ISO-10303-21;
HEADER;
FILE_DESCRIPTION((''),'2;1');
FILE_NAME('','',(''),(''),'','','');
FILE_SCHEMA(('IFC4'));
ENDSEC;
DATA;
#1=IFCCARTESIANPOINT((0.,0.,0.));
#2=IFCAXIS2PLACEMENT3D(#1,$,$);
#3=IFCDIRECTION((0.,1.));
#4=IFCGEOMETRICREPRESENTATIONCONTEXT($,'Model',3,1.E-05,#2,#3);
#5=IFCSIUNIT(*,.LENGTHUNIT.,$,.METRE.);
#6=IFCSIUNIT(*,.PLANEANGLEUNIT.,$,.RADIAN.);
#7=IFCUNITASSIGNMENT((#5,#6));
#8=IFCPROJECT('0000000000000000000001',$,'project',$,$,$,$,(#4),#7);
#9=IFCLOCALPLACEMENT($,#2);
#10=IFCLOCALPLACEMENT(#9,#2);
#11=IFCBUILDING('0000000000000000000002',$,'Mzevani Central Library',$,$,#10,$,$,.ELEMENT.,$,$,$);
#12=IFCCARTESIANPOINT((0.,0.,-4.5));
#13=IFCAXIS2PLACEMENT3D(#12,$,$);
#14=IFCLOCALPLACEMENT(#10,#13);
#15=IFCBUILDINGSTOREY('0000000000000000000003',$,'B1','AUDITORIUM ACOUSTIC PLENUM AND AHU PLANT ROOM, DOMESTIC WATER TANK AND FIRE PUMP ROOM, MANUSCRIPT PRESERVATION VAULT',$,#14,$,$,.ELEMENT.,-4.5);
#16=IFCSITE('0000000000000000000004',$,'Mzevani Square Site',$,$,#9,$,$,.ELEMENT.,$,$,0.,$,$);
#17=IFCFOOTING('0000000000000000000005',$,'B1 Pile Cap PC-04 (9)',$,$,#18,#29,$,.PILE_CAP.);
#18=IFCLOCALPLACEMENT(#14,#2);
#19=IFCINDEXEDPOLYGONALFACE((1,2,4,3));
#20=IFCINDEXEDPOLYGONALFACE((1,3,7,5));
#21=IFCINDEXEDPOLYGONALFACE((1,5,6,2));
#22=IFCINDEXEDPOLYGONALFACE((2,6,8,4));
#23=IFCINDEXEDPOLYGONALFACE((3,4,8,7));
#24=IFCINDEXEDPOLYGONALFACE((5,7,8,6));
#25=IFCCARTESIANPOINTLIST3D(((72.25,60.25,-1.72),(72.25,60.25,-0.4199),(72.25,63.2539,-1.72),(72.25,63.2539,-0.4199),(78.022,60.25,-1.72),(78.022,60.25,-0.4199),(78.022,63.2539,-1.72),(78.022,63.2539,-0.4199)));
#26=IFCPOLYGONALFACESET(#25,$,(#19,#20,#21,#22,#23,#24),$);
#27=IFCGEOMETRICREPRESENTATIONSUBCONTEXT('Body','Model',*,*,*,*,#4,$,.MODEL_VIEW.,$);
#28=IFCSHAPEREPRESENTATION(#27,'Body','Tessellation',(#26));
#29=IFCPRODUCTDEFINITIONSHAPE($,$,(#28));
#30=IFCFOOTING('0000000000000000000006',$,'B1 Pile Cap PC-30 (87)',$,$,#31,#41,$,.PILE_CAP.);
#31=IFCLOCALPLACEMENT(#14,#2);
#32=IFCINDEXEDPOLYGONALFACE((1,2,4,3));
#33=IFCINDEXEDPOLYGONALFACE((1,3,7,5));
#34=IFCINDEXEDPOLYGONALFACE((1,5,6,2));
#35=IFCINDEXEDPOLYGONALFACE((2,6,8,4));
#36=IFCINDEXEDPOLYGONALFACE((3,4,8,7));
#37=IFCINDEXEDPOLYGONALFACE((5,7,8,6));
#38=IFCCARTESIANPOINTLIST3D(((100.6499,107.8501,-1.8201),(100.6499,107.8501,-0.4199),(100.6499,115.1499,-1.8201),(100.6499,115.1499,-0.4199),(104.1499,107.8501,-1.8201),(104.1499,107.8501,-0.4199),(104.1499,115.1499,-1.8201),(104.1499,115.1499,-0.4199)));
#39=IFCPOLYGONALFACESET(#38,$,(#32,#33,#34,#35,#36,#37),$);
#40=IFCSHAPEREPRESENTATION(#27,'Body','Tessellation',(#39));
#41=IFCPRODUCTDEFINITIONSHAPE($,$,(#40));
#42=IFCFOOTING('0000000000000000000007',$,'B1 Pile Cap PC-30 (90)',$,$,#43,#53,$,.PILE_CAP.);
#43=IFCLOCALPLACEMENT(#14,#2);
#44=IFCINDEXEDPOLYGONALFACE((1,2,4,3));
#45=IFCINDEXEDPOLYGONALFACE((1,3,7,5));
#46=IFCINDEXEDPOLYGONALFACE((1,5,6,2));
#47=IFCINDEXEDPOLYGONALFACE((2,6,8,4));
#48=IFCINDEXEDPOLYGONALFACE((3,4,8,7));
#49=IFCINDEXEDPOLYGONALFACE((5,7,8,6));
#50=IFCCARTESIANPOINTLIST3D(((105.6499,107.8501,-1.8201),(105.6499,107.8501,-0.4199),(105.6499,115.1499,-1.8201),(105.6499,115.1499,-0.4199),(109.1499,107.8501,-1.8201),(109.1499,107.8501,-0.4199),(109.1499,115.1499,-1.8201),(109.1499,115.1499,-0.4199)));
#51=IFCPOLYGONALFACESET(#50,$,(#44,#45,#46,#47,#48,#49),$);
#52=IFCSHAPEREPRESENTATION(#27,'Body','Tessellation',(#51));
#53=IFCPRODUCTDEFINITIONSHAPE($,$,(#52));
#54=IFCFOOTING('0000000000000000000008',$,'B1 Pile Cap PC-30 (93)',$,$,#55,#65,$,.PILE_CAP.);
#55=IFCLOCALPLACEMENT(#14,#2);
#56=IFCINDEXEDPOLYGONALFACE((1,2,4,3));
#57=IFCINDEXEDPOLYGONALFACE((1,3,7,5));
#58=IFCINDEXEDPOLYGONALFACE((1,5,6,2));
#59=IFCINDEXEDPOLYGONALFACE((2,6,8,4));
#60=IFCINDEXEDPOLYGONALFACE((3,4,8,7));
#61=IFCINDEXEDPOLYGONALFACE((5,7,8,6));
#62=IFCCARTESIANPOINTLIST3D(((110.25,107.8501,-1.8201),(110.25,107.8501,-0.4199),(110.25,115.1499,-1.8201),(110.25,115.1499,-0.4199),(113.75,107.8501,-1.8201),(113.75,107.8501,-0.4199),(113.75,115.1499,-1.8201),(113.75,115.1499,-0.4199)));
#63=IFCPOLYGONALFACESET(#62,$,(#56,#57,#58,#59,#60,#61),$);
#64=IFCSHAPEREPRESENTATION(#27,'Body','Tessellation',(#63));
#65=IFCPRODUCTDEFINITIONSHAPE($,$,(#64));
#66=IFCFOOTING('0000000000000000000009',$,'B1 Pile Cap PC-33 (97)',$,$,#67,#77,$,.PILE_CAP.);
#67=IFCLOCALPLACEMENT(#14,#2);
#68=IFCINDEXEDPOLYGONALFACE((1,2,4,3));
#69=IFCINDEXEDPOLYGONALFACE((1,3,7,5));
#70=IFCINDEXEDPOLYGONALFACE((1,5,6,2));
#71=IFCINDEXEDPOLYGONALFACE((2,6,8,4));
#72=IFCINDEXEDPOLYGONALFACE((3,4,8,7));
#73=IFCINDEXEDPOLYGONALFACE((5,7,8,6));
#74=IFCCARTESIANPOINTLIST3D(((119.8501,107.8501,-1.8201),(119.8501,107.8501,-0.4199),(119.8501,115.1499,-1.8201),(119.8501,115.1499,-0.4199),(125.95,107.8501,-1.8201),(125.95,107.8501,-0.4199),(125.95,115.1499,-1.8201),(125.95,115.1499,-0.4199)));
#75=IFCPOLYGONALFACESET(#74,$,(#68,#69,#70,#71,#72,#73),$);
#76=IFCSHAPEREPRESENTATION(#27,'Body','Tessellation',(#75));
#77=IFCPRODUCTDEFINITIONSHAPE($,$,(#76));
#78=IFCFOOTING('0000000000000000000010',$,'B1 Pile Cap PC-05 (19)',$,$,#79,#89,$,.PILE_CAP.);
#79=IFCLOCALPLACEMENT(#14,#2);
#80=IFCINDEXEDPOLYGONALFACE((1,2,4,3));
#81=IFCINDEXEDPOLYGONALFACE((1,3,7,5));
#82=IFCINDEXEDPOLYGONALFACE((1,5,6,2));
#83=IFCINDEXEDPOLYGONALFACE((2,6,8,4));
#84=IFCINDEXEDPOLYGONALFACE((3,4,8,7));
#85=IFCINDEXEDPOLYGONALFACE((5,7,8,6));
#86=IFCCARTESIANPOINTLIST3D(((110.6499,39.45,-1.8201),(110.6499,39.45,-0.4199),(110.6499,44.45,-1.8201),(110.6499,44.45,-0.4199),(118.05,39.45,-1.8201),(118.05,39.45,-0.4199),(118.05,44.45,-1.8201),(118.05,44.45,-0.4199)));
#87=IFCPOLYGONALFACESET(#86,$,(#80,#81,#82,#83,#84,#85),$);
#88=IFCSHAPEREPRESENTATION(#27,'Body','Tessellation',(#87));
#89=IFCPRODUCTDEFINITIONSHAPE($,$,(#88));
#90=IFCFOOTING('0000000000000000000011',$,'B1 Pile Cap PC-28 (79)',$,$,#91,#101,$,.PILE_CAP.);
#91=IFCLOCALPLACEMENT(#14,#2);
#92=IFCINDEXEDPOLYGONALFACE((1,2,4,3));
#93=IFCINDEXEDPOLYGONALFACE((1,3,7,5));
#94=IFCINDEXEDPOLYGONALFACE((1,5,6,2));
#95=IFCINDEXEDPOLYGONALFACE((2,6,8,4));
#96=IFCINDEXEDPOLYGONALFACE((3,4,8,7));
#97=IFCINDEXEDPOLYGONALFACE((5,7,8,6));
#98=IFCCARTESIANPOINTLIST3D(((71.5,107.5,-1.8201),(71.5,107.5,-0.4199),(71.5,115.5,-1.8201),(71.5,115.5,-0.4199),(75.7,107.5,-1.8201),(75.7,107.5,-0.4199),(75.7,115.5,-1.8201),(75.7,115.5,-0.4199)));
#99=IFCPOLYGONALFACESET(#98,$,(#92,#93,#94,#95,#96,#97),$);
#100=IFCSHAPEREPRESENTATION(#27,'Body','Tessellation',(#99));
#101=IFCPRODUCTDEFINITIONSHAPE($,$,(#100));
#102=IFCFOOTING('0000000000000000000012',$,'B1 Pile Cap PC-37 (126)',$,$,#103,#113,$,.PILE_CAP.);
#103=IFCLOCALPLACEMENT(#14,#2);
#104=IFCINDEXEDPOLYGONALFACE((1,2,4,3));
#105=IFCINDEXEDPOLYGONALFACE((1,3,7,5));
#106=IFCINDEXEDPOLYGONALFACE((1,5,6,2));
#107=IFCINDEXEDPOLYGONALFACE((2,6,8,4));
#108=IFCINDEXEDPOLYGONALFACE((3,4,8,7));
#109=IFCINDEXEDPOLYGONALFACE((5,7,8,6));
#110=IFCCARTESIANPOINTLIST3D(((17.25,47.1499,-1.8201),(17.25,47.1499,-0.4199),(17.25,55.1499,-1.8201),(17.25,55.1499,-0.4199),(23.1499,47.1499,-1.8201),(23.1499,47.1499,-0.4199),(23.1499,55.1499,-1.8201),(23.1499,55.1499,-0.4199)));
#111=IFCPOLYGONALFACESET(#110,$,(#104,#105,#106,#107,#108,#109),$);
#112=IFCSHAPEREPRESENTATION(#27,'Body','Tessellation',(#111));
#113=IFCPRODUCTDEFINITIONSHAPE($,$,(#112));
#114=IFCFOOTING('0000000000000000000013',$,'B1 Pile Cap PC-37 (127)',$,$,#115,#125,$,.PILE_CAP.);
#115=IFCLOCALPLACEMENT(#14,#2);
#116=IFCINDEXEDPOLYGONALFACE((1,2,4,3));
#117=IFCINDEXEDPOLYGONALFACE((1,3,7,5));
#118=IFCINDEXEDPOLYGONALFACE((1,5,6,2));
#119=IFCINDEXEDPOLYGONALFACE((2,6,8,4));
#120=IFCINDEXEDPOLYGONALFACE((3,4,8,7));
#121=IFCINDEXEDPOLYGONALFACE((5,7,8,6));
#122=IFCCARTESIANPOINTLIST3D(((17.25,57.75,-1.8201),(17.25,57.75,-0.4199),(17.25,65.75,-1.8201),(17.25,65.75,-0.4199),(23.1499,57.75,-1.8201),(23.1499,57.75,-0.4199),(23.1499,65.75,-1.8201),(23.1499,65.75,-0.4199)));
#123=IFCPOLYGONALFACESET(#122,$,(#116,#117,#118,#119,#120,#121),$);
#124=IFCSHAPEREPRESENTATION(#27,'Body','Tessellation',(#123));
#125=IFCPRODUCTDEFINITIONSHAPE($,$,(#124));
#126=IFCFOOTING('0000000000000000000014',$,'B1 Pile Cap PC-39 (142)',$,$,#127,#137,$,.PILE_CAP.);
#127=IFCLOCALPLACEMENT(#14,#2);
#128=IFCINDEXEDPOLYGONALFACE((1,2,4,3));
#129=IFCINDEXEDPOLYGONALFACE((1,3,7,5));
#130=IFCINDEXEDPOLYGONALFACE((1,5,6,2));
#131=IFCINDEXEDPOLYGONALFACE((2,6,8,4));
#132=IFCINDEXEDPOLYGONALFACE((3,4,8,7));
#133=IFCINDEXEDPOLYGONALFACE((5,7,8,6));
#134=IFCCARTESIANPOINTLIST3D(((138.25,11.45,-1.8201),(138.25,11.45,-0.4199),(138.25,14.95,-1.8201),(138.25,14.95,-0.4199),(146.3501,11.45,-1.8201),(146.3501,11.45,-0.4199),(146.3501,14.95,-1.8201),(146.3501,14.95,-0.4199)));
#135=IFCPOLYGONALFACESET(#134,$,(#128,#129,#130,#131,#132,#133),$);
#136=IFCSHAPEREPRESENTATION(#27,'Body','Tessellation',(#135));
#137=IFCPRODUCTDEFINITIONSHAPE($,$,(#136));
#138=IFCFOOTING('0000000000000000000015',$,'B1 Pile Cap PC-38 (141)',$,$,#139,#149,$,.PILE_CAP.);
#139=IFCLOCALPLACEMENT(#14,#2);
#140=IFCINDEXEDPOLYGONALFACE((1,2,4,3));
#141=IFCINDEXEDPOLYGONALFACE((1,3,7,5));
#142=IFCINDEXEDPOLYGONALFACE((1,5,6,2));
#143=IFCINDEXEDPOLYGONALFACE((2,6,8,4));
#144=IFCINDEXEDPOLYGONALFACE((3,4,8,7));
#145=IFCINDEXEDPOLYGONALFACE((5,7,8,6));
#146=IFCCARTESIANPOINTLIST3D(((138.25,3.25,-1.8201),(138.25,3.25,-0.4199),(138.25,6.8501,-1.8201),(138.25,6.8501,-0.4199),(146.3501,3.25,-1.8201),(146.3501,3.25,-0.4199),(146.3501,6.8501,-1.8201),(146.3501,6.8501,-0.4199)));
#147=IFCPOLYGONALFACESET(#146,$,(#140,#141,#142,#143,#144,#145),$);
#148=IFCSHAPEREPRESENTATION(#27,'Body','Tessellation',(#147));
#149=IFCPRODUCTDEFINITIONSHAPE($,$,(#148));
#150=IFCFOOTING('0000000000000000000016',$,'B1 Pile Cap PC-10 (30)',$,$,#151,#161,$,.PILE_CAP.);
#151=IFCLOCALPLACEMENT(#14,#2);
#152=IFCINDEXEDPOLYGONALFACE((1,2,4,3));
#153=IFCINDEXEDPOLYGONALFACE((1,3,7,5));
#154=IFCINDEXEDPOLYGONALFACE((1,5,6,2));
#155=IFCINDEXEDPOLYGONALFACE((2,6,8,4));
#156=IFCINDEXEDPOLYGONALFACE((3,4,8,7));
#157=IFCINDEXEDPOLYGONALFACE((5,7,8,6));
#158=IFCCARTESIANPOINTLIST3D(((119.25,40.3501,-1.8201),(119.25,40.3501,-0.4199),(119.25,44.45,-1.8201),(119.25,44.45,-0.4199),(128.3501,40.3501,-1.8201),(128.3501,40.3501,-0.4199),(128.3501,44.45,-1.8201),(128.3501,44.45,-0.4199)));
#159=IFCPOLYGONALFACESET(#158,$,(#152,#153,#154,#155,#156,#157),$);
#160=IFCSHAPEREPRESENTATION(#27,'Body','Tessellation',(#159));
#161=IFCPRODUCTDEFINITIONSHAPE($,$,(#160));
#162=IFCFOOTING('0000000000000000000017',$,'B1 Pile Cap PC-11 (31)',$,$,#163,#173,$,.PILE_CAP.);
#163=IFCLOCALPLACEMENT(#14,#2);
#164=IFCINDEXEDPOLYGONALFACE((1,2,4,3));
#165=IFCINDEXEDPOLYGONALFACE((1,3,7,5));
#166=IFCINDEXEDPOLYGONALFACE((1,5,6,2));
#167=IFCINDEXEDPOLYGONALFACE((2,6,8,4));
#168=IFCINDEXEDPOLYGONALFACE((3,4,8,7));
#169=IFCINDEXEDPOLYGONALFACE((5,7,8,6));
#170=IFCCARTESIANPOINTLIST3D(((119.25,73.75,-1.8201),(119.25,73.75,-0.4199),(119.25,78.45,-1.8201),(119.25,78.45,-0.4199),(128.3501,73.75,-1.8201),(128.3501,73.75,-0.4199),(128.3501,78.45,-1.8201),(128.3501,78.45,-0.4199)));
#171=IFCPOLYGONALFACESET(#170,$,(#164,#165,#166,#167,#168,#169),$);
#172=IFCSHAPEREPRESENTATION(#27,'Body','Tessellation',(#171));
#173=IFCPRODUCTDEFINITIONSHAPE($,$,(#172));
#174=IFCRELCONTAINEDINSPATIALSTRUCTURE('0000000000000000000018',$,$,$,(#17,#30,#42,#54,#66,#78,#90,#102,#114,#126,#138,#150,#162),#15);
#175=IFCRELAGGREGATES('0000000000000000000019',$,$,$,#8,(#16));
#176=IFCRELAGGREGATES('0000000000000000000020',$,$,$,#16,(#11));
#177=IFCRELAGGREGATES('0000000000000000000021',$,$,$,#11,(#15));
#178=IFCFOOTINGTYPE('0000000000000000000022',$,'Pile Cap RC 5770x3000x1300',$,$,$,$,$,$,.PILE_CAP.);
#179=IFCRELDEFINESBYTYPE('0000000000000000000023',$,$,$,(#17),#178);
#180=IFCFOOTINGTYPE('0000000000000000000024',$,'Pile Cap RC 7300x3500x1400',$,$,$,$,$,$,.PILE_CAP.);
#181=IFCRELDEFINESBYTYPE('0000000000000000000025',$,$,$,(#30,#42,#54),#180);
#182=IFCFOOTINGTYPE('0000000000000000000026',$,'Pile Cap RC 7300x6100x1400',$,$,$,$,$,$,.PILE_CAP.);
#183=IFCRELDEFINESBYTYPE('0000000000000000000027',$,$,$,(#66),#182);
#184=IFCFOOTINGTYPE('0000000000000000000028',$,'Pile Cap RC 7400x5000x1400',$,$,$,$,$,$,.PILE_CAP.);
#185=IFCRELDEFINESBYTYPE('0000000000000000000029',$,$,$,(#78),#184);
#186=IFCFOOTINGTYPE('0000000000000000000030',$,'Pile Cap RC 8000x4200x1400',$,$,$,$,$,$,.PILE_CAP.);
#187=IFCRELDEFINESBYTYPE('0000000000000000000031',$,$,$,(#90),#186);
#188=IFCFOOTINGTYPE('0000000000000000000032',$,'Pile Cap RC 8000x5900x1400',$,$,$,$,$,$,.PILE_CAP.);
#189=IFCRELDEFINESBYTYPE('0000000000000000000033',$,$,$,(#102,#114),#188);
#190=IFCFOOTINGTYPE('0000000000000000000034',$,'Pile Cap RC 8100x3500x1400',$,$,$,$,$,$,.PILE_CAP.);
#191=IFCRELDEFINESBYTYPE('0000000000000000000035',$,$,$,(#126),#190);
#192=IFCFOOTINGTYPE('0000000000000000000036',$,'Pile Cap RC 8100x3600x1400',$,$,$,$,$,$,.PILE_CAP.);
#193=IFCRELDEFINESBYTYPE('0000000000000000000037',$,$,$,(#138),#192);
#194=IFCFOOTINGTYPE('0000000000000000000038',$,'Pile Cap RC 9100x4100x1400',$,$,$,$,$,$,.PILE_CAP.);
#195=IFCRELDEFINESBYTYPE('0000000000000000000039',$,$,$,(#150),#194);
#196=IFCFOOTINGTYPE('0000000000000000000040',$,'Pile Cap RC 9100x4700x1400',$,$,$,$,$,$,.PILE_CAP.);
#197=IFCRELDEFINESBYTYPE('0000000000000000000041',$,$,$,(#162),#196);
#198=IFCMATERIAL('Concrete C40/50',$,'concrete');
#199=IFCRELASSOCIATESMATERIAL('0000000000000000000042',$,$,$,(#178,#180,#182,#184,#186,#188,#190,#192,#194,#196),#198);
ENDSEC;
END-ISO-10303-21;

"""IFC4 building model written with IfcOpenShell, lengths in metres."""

from ifc_helpers import new_model, si_unit, direction, frame, origin, place, context, subcontext, project, spatial, polyline, outline, extrude, material, type_object, element, save


model = new_model("IFC4")

# Units and contexts
model_context = context("Model", 3, precision=1e-05, world=origin(), true_north=direction((0.0, 1.0)))
body_context = subcontext(model_context, "Body", "Model", "MODEL_VIEW")
ifc_project = project(units=[si_unit("LENGTHUNIT", "METRE"), si_unit("PLANEANGLEUNIT", "RADIAN")], contexts=[model_context])

# Site, building, storey
site_placement = place(None, origin())
site = spatial("IfcSite", under=ifc_project, at=site_placement, Name="Mzevani Square Site", CompositionType="ELEMENT", RefElevation=0.0)
building_placement = place(site_placement, origin())
building = spatial("IfcBuilding", under=site, at=building_placement, Name="Mzevani Central Library", CompositionType="ELEMENT")
storey_placement = place(building_placement, frame((0.0, 0.0, -4.5)))
storey = spatial("IfcBuildingStorey", under=building, at=storey_placement, Name="B1", Description="AUDITORIUM ACOUSTIC PLENUM AND AHU PLANT ROOM, DOMESTIC WATER TANK AND FIRE PUMP ROOM, MANUSCRIPT PRESERVATION VAULT", CompositionType="ELEMENT", Elevation=-4.5)

# Footings
ifc_material = material(Name="Concrete C40/50", Category="concrete")
footing_type_1 = type_object("IfcFootingType", Name="Pile Cap RC 5770x3000x1300", PredefinedType="PILE_CAP", material=ifc_material)
footing_1_placement = place(storey_placement, frame((0.0, 0.0, -1.72)))
element("IfcFooting", 1, at=footing_1_placement, inside=storey, type_object=footing_type_1, Name="B1 Pile Cap PC-04 (9)", PredefinedType="PILE_CAP", context=body_context, shape_type="SweptSolid", body=[
    extrude(outline(polyline([(72.25, 60.25), (78.022, 60.25), (78.022, 63.2539), (72.25, 63.2539), (72.25, 60.25)])), origin(), (0.0, 0.0, 1.0), 1.3),
])
footing_type_2 = type_object("IfcFootingType", Name="Pile Cap RC 7300x3500x1400", PredefinedType="PILE_CAP", material=ifc_material)
footing_2_placement = place(storey_placement, frame((0.0, 0.0, -1.8201)))
element("IfcFooting", 2, at=footing_2_placement, inside=storey, type_object=footing_type_2, Name="B1 Pile Cap PC-30 (87)", PredefinedType="PILE_CAP", context=body_context, shape_type="SweptSolid", body=[
    extrude(outline(polyline([(100.6499, 107.8501), (104.1499, 107.8501), (104.1499, 115.1499), (100.6499, 115.1499), (100.6499, 107.8501)])), origin(), (0.0, 0.0, 1.0), 1.4001),
])
footing_3_placement = place(storey_placement, frame((0.0, 0.0, -1.8201)))
element("IfcFooting", 3, at=footing_3_placement, inside=storey, type_object=footing_type_2, Name="B1 Pile Cap PC-30 (90)", PredefinedType="PILE_CAP", context=body_context, shape_type="SweptSolid", body=[
    extrude(outline(polyline([(105.6499, 107.8501), (109.1499, 107.8501), (109.1499, 115.1499), (105.6499, 115.1499), (105.6499, 107.8501)])), origin(), (0.0, 0.0, 1.0), 1.4001),
])
footing_4_placement = place(storey_placement, frame((0.0, 0.0, -1.8201)))
element("IfcFooting", 4, at=footing_4_placement, inside=storey, type_object=footing_type_2, Name="B1 Pile Cap PC-30 (93)", PredefinedType="PILE_CAP", context=body_context, shape_type="SweptSolid", body=[
    extrude(outline(polyline([(110.25, 107.8501), (113.75, 107.8501), (113.75, 115.1499), (110.25, 115.1499), (110.25, 107.8501)])), origin(), (0.0, 0.0, 1.0), 1.4001),
])
footing_type_3 = type_object("IfcFootingType", Name="Pile Cap RC 7300x6100x1400", PredefinedType="PILE_CAP", material=ifc_material)
footing_5_placement = place(storey_placement, frame((0.0, 0.0, -1.8201)))
element("IfcFooting", 5, at=footing_5_placement, inside=storey, type_object=footing_type_3, Name="B1 Pile Cap PC-33 (97)", PredefinedType="PILE_CAP", context=body_context, shape_type="SweptSolid", body=[
    extrude(outline(polyline([(119.8501, 107.8501), (125.95, 107.8501), (125.95, 115.1499), (119.8501, 115.1499), (119.8501, 107.8501)])), origin(), (0.0, 0.0, 1.0), 1.4001),
])
footing_type_4 = type_object("IfcFootingType", Name="Pile Cap RC 7400x5000x1400", PredefinedType="PILE_CAP", material=ifc_material)
footing_6_placement = place(storey_placement, frame((0.0, 0.0, -1.8201)))
element("IfcFooting", 6, at=footing_6_placement, inside=storey, type_object=footing_type_4, Name="B1 Pile Cap PC-05 (19)", PredefinedType="PILE_CAP", context=body_context, shape_type="SweptSolid", body=[
    extrude(outline(polyline([(110.6499, 39.45), (118.05, 39.45), (118.05, 44.45), (110.6499, 44.45), (110.6499, 39.45)])), origin(), (0.0, 0.0, 1.0), 1.4001),
])
footing_type_5 = type_object("IfcFootingType", Name="Pile Cap RC 8000x4200x1400", PredefinedType="PILE_CAP", material=ifc_material)
footing_7_placement = place(storey_placement, frame((0.0, 0.0, -1.8201)))
element("IfcFooting", 7, at=footing_7_placement, inside=storey, type_object=footing_type_5, Name="B1 Pile Cap PC-28 (79)", PredefinedType="PILE_CAP", context=body_context, shape_type="SweptSolid", body=[
    extrude(outline(polyline([(71.5, 107.5), (75.7, 107.5), (75.7, 115.5), (71.5, 115.5), (71.5, 107.5)])), origin(), (0.0, 0.0, 1.0), 1.4001),
])
footing_type_6 = type_object("IfcFootingType", Name="Pile Cap RC 8000x5900x1400", PredefinedType="PILE_CAP", material=ifc_material)
footing_8_placement = place(storey_placement, frame((0.0, 0.0, -1.8201)))
element("IfcFooting", 8, at=footing_8_placement, inside=storey, type_object=footing_type_6, Name="B1 Pile Cap PC-37 (126)", PredefinedType="PILE_CAP", context=body_context, shape_type="SweptSolid", body=[
    extrude(outline(polyline([(17.25, 47.1499), (23.1499, 47.1499), (23.1499, 55.1499), (17.25, 55.1499), (17.25, 47.1499)])), origin(), (0.0, 0.0, 1.0), 1.4001),
])
footing_9_placement = place(storey_placement, frame((0.0, 0.0, -1.8201)))
element("IfcFooting", 9, at=footing_9_placement, inside=storey, type_object=footing_type_6, Name="B1 Pile Cap PC-37 (127)", PredefinedType="PILE_CAP", context=body_context, shape_type="SweptSolid", body=[
    extrude(outline(polyline([(17.25, 57.75), (23.1499, 57.75), (23.1499, 65.75), (17.25, 65.75), (17.25, 57.75)])), origin(), (0.0, 0.0, 1.0), 1.4001),
])
footing_type_7 = type_object("IfcFootingType", Name="Pile Cap RC 8100x3500x1400", PredefinedType="PILE_CAP", material=ifc_material)
footing_10_placement = place(storey_placement, frame((0.0, 0.0, -1.8201)))
element("IfcFooting", 10, at=footing_10_placement, inside=storey, type_object=footing_type_7, Name="B1 Pile Cap PC-39 (142)", PredefinedType="PILE_CAP", context=body_context, shape_type="SweptSolid", body=[
    extrude(outline(polyline([(138.25, 11.45), (146.3501, 11.45), (146.3501, 14.95), (138.25, 14.95), (138.25, 11.45)])), origin(), (0.0, 0.0, 1.0), 1.4001),
])
footing_type_8 = type_object("IfcFootingType", Name="Pile Cap RC 8100x3600x1400", PredefinedType="PILE_CAP", material=ifc_material)
footing_11_placement = place(storey_placement, frame((0.0, 0.0, -1.8201)))
element("IfcFooting", 11, at=footing_11_placement, inside=storey, type_object=footing_type_8, Name="B1 Pile Cap PC-38 (141)", PredefinedType="PILE_CAP", context=body_context, shape_type="SweptSolid", body=[
    extrude(outline(polyline([(138.25, 3.25), (146.3501, 3.25), (146.3501, 6.8501), (138.25, 6.8501), (138.25, 3.25)])), origin(), (0.0, 0.0, 1.0), 1.4001),
])
footing_type_9 = type_object("IfcFootingType", Name="Pile Cap RC 9100x4100x1400", PredefinedType="PILE_CAP", material=ifc_material)
footing_12_placement = place(storey_placement, frame((0.0, 0.0, -1.8201)))
element("IfcFooting", 12, at=footing_12_placement, inside=storey, type_object=footing_type_9, Name="B1 Pile Cap PC-10 (30)", PredefinedType="PILE_CAP", context=body_context, shape_type="SweptSolid", body=[
    extrude(outline(polyline([(119.25, 40.3501), (128.3501, 40.3501), (128.3501, 44.45), (119.25, 44.45), (119.25, 40.3501)])), origin(), (0.0, 0.0, 1.0), 1.4001),
])
footing_type_10 = type_object("IfcFootingType", Name="Pile Cap RC 9100x4700x1400", PredefinedType="PILE_CAP", material=ifc_material)
footing_13_placement = place(storey_placement, frame((0.0, 0.0, -1.8201)))
element("IfcFooting", 13, at=footing_13_placement, inside=storey, type_object=footing_type_10, Name="B1 Pile Cap PC-11 (31)", PredefinedType="PILE_CAP", context=body_context, shape_type="SweptSolid", body=[
    extrude(outline(polyline([(119.25, 73.75), (128.3501, 73.75), (128.3501, 78.45), (119.25, 78.45), (119.25, 73.75)])), origin(), (0.0, 0.0, 1.0), 1.4001),
])

save(model, "model.ifc")
